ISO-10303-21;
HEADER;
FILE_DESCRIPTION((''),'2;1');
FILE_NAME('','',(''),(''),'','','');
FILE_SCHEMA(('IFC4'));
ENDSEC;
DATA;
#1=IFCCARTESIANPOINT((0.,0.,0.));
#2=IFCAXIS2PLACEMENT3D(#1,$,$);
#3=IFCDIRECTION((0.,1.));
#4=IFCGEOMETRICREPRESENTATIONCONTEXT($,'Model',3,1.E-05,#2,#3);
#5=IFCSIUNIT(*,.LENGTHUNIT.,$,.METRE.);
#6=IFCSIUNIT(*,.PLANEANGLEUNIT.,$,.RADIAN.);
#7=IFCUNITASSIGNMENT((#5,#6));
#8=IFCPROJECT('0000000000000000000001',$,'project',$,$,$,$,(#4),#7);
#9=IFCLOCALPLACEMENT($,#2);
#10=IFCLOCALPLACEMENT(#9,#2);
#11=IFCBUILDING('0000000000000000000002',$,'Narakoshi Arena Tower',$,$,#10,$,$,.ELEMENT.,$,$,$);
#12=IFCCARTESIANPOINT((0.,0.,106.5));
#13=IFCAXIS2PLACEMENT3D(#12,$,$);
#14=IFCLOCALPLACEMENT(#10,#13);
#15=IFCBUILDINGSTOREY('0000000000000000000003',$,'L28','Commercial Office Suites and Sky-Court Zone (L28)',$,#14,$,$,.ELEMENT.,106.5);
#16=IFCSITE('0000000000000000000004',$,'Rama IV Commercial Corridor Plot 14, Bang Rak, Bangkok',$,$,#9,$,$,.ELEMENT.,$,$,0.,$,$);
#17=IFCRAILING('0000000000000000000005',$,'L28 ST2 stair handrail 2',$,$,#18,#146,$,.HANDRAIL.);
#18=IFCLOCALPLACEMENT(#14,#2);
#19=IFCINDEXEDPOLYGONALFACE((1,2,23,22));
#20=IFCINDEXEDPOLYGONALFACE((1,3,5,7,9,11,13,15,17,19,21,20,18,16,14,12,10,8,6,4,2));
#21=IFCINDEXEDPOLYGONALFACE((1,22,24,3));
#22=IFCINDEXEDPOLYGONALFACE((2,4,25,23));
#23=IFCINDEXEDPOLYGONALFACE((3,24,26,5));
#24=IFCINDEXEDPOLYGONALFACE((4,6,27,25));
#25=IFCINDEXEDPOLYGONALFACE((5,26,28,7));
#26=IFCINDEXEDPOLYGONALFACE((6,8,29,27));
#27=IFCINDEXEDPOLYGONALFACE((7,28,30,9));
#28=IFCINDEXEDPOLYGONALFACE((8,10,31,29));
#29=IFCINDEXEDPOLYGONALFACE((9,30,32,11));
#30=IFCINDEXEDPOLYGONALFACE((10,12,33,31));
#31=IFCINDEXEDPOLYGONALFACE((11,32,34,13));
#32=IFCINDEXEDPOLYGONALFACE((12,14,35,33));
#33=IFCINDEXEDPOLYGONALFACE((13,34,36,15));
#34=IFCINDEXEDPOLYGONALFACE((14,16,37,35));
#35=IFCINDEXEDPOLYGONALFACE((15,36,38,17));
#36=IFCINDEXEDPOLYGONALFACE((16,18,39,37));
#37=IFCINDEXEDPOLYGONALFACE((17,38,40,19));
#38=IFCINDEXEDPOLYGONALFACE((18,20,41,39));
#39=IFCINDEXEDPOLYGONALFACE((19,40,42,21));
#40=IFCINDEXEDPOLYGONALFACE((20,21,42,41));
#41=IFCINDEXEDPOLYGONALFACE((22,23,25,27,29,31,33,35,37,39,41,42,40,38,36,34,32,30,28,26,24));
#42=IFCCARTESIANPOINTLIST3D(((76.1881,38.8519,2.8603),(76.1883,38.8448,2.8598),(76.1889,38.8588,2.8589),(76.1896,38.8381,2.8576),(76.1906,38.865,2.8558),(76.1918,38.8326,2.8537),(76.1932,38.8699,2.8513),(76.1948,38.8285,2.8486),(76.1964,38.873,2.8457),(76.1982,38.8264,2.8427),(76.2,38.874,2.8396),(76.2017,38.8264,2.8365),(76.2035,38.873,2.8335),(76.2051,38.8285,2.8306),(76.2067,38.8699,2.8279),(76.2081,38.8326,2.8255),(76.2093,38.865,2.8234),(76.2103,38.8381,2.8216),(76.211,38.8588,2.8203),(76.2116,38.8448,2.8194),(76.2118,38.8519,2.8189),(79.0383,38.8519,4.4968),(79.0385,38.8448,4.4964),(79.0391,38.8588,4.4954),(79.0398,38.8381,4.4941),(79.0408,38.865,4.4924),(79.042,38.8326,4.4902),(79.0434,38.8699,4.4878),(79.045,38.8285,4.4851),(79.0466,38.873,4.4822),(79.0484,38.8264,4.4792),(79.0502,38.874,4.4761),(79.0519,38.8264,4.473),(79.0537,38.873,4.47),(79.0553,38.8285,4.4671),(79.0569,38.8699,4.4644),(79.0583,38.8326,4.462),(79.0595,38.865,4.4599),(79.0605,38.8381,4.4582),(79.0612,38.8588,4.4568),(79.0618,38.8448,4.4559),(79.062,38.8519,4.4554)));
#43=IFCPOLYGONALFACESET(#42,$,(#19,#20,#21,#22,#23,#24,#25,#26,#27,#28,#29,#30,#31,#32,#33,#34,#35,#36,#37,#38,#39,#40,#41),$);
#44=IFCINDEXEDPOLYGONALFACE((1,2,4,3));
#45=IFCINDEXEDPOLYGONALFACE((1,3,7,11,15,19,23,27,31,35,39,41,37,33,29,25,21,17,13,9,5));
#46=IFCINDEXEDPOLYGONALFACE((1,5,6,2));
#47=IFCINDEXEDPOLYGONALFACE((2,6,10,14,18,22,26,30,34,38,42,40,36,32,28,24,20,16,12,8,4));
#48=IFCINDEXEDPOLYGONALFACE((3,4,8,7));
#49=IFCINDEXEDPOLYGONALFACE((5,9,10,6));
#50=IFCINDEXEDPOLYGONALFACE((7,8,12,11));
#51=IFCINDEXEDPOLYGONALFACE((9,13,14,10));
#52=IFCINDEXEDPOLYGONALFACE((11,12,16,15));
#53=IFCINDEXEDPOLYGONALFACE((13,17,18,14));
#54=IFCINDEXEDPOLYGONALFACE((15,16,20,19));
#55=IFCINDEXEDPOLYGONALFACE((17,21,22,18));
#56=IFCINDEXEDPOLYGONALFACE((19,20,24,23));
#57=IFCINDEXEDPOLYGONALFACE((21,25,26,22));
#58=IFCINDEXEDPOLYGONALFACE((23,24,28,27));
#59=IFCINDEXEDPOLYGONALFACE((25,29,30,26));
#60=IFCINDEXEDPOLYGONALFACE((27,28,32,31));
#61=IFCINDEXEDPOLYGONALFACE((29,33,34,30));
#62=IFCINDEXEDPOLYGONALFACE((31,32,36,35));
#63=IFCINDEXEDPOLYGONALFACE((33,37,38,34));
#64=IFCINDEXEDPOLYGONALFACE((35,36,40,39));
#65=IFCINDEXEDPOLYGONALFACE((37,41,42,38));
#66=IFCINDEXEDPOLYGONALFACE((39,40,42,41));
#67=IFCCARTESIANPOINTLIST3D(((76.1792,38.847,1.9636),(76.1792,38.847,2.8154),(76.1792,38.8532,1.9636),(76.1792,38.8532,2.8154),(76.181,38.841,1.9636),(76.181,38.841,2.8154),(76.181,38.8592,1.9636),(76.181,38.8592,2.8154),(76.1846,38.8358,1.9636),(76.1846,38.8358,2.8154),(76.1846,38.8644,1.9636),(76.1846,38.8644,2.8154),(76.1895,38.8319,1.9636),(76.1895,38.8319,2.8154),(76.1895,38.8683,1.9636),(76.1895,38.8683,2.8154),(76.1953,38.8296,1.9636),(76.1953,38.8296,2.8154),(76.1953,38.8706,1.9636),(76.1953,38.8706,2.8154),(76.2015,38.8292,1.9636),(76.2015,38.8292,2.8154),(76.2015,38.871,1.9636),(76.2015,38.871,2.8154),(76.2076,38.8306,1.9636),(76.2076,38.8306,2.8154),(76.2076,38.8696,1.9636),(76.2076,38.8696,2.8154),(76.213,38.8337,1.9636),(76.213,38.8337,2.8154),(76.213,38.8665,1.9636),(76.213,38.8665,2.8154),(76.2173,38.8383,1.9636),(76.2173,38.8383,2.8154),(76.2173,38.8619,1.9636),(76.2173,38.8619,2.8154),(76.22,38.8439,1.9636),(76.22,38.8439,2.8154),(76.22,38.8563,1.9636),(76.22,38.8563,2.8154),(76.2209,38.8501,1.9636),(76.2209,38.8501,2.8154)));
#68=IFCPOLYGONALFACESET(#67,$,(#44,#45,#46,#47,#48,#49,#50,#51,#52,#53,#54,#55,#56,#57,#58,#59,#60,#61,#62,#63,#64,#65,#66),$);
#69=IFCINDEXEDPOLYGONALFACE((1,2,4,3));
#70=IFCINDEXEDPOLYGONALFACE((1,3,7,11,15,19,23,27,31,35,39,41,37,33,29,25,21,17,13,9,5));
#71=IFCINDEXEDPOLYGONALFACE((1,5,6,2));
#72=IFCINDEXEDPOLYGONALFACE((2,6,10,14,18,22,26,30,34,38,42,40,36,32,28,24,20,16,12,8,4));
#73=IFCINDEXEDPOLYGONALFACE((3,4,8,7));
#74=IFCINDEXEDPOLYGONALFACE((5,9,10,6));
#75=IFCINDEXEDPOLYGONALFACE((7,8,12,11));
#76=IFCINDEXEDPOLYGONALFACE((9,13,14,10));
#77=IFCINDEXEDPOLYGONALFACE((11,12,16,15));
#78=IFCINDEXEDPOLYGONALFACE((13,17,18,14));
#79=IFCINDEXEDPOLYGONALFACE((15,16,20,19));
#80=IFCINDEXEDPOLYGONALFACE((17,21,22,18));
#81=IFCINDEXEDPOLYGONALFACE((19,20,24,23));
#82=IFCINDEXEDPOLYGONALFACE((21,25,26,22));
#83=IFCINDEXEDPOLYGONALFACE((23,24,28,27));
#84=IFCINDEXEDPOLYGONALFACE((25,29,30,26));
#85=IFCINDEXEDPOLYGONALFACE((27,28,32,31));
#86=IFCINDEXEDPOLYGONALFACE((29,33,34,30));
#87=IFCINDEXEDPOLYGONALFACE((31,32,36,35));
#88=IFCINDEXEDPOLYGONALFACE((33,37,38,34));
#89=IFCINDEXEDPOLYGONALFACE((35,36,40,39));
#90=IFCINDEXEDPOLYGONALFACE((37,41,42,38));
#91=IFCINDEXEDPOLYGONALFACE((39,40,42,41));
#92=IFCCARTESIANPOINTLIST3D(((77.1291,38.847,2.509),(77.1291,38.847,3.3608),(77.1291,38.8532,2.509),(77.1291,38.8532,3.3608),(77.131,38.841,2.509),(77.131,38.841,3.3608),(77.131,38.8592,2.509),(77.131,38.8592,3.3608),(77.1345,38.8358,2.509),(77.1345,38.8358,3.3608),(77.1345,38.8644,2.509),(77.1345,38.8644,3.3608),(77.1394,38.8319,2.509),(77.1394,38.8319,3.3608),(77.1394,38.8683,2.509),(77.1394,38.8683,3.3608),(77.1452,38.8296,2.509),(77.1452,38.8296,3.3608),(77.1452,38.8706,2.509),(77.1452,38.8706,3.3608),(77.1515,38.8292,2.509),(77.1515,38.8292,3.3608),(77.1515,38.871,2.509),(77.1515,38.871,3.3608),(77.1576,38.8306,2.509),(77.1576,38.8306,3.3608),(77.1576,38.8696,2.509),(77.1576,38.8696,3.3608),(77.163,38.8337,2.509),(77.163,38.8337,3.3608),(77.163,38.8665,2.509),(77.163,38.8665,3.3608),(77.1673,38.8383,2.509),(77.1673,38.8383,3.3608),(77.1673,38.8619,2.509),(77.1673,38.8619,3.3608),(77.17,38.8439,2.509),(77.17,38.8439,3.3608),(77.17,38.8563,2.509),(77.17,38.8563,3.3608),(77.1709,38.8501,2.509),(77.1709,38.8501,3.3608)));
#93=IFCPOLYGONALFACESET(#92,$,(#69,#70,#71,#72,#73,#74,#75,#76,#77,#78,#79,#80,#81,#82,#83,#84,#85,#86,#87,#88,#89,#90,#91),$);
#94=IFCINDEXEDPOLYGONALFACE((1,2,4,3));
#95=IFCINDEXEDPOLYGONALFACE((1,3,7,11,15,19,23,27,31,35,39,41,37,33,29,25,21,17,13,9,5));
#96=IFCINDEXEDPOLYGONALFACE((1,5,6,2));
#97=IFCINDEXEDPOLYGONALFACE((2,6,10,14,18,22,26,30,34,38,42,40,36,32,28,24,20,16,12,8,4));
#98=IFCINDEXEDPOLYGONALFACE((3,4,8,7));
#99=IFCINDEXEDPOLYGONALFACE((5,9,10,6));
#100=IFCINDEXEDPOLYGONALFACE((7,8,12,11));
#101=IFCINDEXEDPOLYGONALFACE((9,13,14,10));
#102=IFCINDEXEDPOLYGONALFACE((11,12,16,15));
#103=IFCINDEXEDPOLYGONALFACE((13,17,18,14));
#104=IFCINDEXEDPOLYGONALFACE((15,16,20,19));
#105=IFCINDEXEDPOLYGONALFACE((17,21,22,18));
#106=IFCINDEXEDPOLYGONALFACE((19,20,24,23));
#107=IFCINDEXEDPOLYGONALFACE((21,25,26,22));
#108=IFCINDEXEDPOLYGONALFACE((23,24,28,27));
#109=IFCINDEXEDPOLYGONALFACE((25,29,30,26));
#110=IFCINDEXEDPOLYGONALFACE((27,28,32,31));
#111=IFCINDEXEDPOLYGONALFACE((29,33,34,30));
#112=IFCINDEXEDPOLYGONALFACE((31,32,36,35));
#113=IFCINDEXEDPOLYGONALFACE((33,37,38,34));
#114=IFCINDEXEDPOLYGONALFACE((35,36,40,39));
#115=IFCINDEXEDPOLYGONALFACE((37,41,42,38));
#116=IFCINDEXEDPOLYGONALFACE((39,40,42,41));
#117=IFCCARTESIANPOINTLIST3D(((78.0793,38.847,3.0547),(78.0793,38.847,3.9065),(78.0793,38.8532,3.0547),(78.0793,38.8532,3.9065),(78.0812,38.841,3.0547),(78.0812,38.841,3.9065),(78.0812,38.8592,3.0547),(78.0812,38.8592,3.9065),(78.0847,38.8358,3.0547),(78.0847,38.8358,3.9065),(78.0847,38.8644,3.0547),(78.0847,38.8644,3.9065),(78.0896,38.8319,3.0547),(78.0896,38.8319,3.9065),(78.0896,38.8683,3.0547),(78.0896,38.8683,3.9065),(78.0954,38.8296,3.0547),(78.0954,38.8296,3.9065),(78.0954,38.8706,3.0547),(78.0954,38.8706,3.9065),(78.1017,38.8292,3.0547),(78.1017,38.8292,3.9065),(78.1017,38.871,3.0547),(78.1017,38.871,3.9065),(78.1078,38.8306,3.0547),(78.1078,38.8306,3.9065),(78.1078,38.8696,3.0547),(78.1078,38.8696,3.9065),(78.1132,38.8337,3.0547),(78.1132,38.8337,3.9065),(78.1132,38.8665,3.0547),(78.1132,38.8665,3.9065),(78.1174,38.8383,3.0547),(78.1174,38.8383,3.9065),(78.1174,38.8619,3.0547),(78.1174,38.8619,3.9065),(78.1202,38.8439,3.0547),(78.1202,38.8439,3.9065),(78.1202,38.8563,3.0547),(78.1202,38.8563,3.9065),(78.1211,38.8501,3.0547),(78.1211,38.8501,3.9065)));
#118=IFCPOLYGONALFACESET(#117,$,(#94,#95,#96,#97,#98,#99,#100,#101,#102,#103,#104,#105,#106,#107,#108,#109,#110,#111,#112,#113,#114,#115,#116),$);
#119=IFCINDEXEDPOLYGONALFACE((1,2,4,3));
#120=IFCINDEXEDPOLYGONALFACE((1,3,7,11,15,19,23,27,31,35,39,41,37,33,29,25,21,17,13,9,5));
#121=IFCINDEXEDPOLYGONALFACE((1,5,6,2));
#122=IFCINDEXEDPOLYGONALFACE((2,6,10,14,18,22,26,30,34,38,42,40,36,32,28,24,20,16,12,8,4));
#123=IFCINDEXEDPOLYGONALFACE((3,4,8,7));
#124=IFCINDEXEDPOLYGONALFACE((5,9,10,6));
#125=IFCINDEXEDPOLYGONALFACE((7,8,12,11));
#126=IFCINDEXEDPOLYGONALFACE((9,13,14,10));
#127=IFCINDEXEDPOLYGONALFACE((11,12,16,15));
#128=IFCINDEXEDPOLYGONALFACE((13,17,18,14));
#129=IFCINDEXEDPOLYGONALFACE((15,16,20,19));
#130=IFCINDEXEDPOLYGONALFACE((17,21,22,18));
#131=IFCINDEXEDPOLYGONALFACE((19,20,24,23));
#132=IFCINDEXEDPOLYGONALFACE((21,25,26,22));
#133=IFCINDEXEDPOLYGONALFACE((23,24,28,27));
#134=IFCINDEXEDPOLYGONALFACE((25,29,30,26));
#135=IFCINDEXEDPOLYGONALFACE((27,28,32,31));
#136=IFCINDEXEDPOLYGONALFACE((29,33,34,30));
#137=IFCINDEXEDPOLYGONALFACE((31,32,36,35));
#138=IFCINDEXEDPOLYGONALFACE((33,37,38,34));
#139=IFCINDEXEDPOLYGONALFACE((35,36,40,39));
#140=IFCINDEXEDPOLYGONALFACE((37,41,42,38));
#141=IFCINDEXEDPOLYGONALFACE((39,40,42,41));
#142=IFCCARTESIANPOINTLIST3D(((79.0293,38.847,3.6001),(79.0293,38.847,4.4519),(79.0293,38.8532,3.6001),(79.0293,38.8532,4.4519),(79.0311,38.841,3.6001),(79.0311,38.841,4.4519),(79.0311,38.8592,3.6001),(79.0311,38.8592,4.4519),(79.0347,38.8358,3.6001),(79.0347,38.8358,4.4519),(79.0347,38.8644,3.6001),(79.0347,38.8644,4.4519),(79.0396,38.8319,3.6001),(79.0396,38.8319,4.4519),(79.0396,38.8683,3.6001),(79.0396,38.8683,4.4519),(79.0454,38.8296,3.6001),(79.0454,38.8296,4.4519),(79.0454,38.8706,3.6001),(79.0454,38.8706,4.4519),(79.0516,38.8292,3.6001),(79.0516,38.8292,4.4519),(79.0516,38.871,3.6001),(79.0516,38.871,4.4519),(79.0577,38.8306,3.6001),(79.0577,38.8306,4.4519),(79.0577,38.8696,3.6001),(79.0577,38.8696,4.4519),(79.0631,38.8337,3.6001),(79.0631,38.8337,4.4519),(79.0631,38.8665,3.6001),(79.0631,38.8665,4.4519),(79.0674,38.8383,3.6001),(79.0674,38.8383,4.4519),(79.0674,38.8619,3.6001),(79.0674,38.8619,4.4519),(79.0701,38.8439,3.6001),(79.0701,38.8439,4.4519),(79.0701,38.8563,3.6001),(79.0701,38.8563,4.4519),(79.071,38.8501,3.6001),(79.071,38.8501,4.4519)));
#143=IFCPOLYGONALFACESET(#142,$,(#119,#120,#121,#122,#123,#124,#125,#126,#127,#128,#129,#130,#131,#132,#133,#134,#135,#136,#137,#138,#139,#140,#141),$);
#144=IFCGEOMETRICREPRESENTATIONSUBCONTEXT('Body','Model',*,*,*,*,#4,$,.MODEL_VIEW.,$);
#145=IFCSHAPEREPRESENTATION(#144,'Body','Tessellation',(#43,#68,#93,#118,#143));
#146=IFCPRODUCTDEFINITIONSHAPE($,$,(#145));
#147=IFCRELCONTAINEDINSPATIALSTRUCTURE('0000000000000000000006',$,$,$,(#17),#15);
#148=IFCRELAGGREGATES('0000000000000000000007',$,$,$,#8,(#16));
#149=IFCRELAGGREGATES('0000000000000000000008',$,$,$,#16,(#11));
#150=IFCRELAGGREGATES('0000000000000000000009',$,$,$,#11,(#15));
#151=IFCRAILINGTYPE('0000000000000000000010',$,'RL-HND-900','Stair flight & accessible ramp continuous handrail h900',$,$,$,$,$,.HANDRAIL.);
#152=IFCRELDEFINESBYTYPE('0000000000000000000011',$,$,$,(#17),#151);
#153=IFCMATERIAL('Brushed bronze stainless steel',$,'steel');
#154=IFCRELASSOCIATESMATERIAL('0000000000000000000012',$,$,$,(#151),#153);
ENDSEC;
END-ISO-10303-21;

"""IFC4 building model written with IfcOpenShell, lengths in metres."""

from ifc_helpers import new_model, si_unit, direction, frame, origin, origin_2d, place, context, subcontext, project, spatial, circle, extrude, material, type_object, element, save


model = new_model("IFC4")

# Units and contexts
model_context = context("Model", 3, precision=1e-05, world=origin(), true_north=direction((0.0, 1.0)))
body_context = subcontext(model_context, "Body", "Model", "MODEL_VIEW")
ifc_project = project(units=[si_unit("LENGTHUNIT", "METRE"), si_unit("PLANEANGLEUNIT", "RADIAN")], contexts=[model_context])

# Site, building, storey
site_placement = place(None, origin())
site = spatial("IfcSite", under=ifc_project, at=site_placement, Name="Rama IV Commercial Corridor Plot 14, Bang Rak, Bangkok", CompositionType="ELEMENT", RefElevation=0.0)
building_placement = place(site_placement, origin())
building = spatial("IfcBuilding", under=site, at=building_placement, Name="Narakoshi Arena Tower", CompositionType="ELEMENT")
storey_placement = place(building_placement, frame((0.0, 0.0, 106.5)))
storey = spatial("IfcBuildingStorey", under=building, at=storey_placement, Name="L28", Description="Commercial Office Suites and Sky-Court Zone (L28)", CompositionType="ELEMENT", Elevation=106.5)

# Railing
ifc_material_1 = material(Name="Brushed bronze stainless steel", Category="steel")
railing_type_1 = type_object("IfcRailingType", Name="RL-HND-900", Description="Stair flight & accessible ramp continuous handrail h900", PredefinedType="HANDRAIL", material=ifc_material_1)
for number, where, name in (
    (1, (76.2, 38.8501, 1.9636), "L28 ST2 stair handrail 2"),
):
    element("IfcRailing", number, at=place(storey_placement, frame(where)), inside=storey, type_object=railing_type_1, Name=name, PredefinedType="HANDRAIL", context=body_context, shape_type="SweptSolid", body=[
        extrude(circle(Radius=0.0239, at=origin_2d()), frame((0.0, 0.0, 0.876), z_axis=(0.867213, 0.0, 0.497938), x_axis=(0.0, 1.0, 0.0)), (0.0, 0.0, 1.0), 3.2866),
        extrude(circle(Radius=0.021, at=origin_2d()), origin(), (0.0, 0.0, 1.0), 0.8518),
        extrude(circle(Radius=0.021, at=origin_2d()), frame((0.95, 0.0, 0.5454)), (0.0, 0.0, 1.0), 0.8518),
        extrude(circle(Radius=0.021, at=origin_2d()), frame((1.9001, 0.0, 1.0911)), (0.0, 0.0, 1.0), 0.8518),
        extrude(circle(Radius=0.021, at=origin_2d()), frame((2.8501, 0.0, 1.6365)), (0.0, 0.0, 1.0), 0.8518),
    ])

save(model, "model.ifc")
